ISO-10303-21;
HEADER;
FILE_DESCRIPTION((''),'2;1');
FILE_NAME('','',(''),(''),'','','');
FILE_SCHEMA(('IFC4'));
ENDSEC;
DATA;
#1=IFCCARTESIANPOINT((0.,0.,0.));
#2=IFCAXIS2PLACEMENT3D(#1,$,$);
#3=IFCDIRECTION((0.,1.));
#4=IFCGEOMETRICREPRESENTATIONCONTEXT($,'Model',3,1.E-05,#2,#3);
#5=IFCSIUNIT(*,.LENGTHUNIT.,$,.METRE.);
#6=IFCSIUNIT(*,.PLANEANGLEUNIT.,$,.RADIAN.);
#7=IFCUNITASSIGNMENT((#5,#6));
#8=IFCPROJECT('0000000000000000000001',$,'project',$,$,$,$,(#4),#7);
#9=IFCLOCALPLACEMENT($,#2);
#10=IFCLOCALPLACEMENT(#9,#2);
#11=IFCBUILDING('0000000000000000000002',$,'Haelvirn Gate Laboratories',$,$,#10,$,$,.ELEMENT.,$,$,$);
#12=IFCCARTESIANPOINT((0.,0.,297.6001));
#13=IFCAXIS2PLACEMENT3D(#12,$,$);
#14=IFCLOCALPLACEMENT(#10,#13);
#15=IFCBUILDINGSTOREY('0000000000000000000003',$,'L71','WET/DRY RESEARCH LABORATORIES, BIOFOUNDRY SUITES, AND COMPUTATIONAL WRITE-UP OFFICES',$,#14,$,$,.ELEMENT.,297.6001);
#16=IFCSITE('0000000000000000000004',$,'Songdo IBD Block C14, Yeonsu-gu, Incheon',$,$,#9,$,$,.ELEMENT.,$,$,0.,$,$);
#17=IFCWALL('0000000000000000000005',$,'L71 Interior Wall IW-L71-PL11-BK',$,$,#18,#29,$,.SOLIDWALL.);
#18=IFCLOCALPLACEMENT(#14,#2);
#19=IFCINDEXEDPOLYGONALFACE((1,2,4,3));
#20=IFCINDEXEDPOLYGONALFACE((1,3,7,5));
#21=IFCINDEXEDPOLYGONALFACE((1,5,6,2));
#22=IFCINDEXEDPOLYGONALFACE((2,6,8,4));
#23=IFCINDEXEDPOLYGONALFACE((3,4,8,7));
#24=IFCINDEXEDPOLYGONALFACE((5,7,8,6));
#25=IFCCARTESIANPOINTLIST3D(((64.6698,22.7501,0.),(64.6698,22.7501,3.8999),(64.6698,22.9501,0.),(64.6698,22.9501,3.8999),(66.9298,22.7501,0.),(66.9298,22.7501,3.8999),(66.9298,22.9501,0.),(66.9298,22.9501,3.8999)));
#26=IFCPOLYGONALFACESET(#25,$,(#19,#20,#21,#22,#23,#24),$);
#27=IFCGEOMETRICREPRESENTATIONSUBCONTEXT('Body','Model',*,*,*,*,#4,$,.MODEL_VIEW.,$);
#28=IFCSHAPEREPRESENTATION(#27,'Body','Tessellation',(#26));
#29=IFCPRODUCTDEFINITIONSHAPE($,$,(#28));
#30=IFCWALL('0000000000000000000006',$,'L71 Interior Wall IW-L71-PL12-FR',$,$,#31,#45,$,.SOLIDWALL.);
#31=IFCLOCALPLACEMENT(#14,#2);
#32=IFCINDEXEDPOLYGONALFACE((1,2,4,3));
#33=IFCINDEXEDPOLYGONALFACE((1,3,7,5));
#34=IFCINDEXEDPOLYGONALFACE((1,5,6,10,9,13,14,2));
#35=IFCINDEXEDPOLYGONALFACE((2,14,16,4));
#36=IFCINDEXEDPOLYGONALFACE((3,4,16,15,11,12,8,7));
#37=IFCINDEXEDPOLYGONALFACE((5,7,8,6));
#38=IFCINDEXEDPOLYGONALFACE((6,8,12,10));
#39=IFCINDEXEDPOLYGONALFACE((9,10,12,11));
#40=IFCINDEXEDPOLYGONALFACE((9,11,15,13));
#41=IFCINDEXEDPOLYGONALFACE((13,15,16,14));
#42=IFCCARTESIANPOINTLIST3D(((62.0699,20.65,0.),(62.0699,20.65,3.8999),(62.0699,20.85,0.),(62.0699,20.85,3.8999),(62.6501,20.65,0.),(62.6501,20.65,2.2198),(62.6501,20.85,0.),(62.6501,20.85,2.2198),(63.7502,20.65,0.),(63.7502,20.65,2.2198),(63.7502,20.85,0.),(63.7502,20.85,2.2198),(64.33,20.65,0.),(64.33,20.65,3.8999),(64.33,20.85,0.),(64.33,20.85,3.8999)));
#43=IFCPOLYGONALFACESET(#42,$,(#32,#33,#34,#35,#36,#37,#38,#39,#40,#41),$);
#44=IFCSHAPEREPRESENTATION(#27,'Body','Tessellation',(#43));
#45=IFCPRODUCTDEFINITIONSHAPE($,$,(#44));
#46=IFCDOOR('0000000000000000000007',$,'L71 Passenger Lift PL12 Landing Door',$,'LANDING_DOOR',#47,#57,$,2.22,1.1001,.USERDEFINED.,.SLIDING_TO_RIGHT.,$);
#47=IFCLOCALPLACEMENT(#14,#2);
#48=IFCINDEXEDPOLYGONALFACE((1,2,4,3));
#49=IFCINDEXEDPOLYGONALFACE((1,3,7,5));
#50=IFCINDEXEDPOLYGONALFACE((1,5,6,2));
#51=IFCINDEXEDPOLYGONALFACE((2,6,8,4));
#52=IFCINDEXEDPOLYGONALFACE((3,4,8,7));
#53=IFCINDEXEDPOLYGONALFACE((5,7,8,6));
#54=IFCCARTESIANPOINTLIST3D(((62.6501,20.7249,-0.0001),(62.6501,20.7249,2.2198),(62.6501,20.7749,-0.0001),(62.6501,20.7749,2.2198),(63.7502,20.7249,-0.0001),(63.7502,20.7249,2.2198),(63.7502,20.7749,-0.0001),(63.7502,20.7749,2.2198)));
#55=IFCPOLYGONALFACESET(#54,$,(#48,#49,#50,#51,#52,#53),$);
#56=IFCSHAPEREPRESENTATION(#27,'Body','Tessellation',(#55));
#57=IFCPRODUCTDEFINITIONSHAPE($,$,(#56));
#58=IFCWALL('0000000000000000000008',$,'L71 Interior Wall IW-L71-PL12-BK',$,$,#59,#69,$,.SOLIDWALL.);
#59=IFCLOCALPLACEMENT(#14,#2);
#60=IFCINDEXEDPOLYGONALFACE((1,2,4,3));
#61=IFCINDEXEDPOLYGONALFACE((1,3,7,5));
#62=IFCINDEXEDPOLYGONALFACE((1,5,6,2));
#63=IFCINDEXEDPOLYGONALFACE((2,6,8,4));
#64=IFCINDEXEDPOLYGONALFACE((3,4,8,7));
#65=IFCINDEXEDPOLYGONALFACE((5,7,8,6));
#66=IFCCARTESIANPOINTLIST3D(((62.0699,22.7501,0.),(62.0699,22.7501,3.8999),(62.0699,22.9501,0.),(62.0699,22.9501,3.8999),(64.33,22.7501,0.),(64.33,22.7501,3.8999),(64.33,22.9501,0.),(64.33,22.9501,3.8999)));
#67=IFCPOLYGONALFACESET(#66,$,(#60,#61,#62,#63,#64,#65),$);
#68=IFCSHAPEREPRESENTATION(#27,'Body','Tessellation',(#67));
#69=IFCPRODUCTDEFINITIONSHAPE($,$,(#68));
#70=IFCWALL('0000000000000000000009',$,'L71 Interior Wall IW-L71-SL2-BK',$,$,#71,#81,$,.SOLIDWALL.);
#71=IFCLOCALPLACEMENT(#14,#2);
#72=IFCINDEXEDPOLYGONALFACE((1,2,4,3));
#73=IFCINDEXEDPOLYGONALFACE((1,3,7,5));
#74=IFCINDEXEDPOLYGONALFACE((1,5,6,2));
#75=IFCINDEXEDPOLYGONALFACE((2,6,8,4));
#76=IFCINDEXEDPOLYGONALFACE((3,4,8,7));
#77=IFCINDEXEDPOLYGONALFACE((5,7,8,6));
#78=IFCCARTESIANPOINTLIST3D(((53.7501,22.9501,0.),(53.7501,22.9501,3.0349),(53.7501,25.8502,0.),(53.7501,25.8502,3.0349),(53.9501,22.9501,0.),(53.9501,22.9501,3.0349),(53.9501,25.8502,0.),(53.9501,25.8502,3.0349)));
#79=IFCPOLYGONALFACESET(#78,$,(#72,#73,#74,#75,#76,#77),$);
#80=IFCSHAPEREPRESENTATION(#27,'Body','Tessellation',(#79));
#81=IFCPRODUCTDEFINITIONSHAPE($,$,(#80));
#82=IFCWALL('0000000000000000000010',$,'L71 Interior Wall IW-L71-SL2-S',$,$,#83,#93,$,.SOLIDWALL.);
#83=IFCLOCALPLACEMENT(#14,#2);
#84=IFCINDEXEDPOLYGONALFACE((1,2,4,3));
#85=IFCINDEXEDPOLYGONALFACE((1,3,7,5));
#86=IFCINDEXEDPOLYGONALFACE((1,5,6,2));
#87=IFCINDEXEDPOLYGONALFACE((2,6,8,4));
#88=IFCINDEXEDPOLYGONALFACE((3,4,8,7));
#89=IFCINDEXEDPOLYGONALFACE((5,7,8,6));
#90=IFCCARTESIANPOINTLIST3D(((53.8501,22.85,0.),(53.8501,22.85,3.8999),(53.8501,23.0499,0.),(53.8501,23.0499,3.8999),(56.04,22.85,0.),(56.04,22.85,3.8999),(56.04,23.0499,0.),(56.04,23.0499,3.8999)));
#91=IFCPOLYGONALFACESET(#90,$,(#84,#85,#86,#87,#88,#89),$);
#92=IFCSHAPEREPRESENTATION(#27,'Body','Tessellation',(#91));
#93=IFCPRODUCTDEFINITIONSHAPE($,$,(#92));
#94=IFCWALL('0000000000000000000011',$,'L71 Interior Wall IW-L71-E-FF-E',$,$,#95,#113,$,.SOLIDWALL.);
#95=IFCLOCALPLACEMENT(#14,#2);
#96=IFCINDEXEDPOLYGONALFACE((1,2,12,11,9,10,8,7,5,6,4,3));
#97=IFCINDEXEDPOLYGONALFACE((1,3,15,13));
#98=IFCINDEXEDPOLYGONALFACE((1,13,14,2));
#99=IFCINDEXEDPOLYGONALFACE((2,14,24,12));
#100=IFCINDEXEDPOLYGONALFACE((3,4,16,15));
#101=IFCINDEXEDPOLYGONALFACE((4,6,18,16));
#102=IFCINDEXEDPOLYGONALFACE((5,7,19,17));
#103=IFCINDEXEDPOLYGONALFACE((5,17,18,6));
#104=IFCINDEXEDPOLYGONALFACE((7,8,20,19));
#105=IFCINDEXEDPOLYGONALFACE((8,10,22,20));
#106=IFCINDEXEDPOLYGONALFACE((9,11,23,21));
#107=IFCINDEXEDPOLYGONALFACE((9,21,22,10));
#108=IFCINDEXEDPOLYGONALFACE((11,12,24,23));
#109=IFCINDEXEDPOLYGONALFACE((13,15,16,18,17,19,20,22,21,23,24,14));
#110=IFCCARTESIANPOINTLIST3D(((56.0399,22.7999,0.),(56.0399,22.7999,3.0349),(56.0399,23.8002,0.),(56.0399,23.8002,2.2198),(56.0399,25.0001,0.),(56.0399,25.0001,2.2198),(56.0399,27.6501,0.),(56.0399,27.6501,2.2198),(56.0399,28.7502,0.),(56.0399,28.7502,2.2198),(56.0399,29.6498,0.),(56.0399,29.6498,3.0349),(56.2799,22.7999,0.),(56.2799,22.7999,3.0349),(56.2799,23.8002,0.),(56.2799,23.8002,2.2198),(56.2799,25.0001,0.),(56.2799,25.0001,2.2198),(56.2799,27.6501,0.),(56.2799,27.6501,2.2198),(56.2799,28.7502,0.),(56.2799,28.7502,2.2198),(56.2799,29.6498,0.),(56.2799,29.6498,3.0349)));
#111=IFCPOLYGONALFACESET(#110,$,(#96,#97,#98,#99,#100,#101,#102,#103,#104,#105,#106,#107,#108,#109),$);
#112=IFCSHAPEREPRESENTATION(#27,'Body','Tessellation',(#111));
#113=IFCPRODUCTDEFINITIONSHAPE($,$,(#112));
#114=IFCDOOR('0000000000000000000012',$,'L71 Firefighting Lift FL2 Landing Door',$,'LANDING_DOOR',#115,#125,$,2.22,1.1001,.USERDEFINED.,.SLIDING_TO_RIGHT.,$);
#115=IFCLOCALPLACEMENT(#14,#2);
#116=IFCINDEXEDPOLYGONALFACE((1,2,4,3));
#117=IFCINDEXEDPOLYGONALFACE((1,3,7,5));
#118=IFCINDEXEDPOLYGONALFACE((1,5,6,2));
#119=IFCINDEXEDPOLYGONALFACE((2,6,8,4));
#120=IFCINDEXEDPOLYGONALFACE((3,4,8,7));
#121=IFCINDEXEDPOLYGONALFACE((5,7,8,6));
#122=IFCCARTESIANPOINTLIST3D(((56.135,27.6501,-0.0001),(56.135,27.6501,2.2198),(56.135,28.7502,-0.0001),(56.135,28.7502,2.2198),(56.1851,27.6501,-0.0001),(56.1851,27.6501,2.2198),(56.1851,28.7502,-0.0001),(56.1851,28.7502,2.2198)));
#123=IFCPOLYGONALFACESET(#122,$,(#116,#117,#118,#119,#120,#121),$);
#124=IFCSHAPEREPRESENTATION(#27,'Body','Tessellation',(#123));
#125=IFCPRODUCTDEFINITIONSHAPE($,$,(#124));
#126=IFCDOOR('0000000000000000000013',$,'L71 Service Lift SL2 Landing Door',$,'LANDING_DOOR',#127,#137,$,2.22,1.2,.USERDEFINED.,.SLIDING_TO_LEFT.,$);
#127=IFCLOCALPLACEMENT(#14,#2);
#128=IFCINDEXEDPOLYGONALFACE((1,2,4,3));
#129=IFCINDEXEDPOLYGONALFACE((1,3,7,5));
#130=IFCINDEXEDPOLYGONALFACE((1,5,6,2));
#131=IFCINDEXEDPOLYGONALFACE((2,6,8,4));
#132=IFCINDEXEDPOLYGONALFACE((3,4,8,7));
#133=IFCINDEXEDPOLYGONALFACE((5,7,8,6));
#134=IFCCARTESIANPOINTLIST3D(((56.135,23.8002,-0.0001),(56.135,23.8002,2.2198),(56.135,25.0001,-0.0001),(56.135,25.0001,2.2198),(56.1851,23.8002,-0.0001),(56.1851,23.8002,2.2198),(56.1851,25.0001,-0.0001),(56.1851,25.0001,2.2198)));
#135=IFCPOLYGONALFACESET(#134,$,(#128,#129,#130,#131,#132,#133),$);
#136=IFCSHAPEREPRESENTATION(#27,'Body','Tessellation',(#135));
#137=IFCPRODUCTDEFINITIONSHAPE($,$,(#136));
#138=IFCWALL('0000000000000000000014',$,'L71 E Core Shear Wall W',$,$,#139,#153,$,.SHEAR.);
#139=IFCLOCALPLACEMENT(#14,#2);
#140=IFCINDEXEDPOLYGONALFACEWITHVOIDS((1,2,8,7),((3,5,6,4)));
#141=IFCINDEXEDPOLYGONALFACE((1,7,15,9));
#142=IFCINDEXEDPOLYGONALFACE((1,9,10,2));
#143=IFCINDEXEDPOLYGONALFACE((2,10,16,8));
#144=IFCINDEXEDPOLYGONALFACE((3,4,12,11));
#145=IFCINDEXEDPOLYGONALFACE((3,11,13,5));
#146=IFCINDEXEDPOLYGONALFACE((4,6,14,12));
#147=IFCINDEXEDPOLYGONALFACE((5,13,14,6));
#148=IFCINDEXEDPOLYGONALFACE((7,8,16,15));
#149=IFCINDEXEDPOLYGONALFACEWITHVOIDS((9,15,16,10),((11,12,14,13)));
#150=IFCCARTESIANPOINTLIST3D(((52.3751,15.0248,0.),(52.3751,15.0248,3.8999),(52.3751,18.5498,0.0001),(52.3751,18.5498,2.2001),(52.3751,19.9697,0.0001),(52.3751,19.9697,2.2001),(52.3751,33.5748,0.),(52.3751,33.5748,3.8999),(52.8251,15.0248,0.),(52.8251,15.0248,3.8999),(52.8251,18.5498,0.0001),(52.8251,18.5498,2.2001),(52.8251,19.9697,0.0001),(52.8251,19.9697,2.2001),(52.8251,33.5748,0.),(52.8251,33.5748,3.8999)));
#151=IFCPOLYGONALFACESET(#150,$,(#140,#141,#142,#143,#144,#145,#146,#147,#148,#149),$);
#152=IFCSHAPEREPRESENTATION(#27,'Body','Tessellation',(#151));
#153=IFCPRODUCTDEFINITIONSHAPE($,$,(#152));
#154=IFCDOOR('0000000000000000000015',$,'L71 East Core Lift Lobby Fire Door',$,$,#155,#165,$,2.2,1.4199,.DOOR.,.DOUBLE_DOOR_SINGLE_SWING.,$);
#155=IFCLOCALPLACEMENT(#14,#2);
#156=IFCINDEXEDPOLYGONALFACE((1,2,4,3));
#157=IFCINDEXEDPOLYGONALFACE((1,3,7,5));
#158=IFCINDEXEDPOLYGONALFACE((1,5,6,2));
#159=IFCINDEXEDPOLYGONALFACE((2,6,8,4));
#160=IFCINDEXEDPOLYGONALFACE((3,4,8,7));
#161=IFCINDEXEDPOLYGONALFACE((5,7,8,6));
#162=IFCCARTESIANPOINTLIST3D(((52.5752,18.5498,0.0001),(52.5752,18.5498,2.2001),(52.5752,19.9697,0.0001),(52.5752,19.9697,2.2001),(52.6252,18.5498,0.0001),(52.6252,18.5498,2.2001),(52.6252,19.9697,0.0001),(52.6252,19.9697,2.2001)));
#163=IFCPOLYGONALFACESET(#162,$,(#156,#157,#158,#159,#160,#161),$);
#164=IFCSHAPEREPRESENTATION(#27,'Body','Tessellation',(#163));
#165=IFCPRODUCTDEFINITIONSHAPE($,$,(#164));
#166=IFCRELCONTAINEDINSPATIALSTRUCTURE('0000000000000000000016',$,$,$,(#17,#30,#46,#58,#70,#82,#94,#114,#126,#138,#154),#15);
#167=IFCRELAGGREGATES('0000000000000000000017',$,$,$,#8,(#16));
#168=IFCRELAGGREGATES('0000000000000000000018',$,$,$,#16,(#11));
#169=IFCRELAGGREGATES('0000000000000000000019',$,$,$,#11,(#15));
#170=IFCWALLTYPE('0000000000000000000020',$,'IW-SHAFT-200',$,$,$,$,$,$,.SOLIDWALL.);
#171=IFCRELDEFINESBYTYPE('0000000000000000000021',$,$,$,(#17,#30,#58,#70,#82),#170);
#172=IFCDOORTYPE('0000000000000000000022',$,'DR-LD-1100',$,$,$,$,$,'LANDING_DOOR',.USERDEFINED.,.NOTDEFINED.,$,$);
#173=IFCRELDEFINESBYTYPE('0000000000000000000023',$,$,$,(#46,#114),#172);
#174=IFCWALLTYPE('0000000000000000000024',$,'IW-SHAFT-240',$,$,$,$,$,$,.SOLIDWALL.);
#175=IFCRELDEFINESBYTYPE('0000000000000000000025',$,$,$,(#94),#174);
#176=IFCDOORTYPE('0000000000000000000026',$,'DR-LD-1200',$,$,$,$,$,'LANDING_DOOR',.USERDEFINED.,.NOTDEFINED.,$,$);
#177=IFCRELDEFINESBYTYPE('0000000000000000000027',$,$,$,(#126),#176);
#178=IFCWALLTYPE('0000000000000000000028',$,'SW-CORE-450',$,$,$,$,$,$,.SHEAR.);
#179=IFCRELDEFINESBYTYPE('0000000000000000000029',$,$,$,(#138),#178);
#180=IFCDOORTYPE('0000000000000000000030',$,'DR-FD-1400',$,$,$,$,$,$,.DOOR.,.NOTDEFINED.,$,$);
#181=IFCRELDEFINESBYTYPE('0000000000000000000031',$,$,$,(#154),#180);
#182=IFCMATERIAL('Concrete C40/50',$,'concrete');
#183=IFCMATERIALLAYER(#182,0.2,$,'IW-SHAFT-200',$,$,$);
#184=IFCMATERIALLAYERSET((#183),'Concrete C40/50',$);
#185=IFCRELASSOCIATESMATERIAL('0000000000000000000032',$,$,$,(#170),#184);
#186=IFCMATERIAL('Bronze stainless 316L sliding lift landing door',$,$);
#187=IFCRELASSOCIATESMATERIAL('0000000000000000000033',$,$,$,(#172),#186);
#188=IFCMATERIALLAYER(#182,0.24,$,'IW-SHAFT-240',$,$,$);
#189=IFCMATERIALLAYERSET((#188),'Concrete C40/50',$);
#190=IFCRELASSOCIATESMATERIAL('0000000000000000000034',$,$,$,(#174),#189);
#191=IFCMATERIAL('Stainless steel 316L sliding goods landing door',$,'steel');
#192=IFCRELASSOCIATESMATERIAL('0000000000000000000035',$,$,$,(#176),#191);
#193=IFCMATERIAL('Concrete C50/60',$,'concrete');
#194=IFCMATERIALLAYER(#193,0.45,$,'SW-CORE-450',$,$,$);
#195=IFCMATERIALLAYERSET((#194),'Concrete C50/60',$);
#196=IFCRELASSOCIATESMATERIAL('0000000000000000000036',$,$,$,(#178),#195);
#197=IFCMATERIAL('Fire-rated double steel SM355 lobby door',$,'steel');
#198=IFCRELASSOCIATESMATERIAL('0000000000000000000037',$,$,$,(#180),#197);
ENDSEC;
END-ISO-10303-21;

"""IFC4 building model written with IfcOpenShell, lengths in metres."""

from ifc_helpers import new_model, si_unit, direction, frame, frame_2d, origin, place, context, subcontext, project, spatial, rectangle, extrude, source, transform, mapped, material, layer, layer_set, type_object, type_shapes, element, fill, save


model = new_model("IFC4")

# Units and contexts
model_context = context("Model", 3, precision=1e-05, world=origin(), true_north=direction((0.0, 1.0)))
body_context = subcontext(model_context, "Body", "Model", "MODEL_VIEW")
ifc_project = project(units=[si_unit("LENGTHUNIT", "METRE"), si_unit("PLANEANGLEUNIT", "RADIAN")], contexts=[model_context])

# Site, building, storey
site_placement = place(None, origin())
site = spatial("IfcSite", under=ifc_project, at=site_placement, Name="Songdo IBD Block C14, Yeonsu-gu, Incheon", CompositionType="ELEMENT", RefElevation=0.0)
building_placement = place(site_placement, origin())
building = spatial("IfcBuilding", under=site, at=building_placement, Name="Haelvirn Gate Laboratories", CompositionType="ELEMENT")
storey_placement = place(building_placement, frame((0.0, 0.0, 297.6001)))
storey = spatial("IfcBuildingStorey", under=building, at=storey_placement, Name="L71", Description="WET/DRY RESEARCH LABORATORIES, BIOFOUNDRY SUITES, AND COMPUTATIONAL WRITE-UP OFFICES", CompositionType="ELEMENT", Elevation=297.6001)

# Shared definitions
ifc_material_1 = material(Name="Concrete C50/60", Category="concrete")

# Shared definitions
ifc_material_2 = material(Name="Concrete C40/50", Category="concrete")

# Shared definitions
ifc_layer_1 = layer(ifc_material_2, 0.2, Name="IW-SHAFT-200")
ifc_layer_set_1 = layer_set([ifc_layer_1], Name="Concrete C40/50")
wall_type_1 = type_object("IfcWallType", Name="IW-SHAFT-200", PredefinedType="SOLIDWALL", material=ifc_layer_set_1)
ifc_material_3 = material(Name="Bronze stainless 316L sliding lift landing door")
door_type_1 = type_object("IfcDoorType", Name="DR-LD-1100", ElementType="LANDING_DOOR", OperationType="NOTDEFINED", PredefinedType="USERDEFINED", material=ifc_material_3)
shared_shape_1 = source(origin(), body_context, "Body", "SweptSolid", [
    extrude(rectangle(XDim=1.1001, YDim=2.22, at=frame_2d((0.55, 1.1099))), frame((0.0, 0.0249, 0.0), z_axis=(0.0, -1.0, 0.0), x_axis=(1.0, 0.0, 0.0)), (0.0, 0.0, 1.0), 0.05),
])
type_shapes(door_type_1, [shared_shape_1])

# Wall
wall_1_placement = place(storey_placement, frame((64.6699, 22.8501, 0.0), z_axis=(0.0, 0.0, 1.0), x_axis=(1.0, 0.0, 0.0)))
element("IfcWall", 1, at=wall_1_placement, inside=storey, type_object=wall_type_1, Name="L71 Interior Wall IW-L71-PL11-BK", PredefinedType="SOLIDWALL", context=body_context, shape_type="SweptSolid", body=[
    extrude(rectangle(XDim=2.26, YDim=0.2, at=frame_2d((1.1299, 0.0))), origin(), (0.0, 0.0, 1.0), 3.8999),
])

# Wall, opening, door
wall_2_placement = place(storey_placement, frame((62.0701, 20.75, 0.0), z_axis=(0.0, 0.0, 1.0), x_axis=(1.0, 0.0, 0.0)))
wall_2 = element("IfcWall", 2, at=wall_2_placement, inside=storey, type_object=wall_type_1, Name="L71 Interior Wall IW-L71-PL12-FR", PredefinedType="SOLIDWALL", context=body_context, shape_type="SweptSolid", body=[
    extrude(rectangle(XDim=2.26, YDim=0.2, at=frame_2d((1.1299, 0.0))), origin(), (0.0, 0.0, 1.0), 3.8999),
])
opening_1_placement = place(wall_2_placement, frame((0.5801, 0.0, 0.0)))
opening_1 = element("IfcOpeningElement", 3, at=opening_1_placement, cuts=wall_2, PredefinedType="OPENING", context=body_context, shape_type="SweptSolid", body=[
    extrude(rectangle(XDim=1.1001, YDim=2.22, at=frame_2d((0.55, 1.1099))), frame((0.0, 0.1099, 0.0), z_axis=(0.0, -1.0, 0.0), x_axis=(1.0, 0.0, 0.0)), (0.0, 0.0, 1.0), 0.22),
])
door_1_placement = place(opening_1_placement, origin())
door_1 = element("IfcDoor", 4, at=door_1_placement, inside=storey, type_object=door_type_1, Name="L71 Passenger Lift PL12 Landing Door", ObjectType="LANDING_DOOR", OperationType="SLIDING_TO_RIGHT", OverallHeight=2.22, OverallWidth=1.1001, PredefinedType="USERDEFINED", context=body_context, shape_type="MappedRepresentation", body=[
    mapped(shared_shape_1, transform((0.0, 0.0, 0.0), scale=1.0)),
])
fill(opening_1, door_1)

# Walls
wall_3_placement = place(storey_placement, frame((62.0701, 22.8501, 0.0), z_axis=(0.0, 0.0, 1.0), x_axis=(1.0, 0.0, 0.0)))
element("IfcWall", 5, at=wall_3_placement, inside=storey, type_object=wall_type_1, Name="L71 Interior Wall IW-L71-PL12-BK", PredefinedType="SOLIDWALL", context=body_context, shape_type="SweptSolid", body=[
    extrude(rectangle(XDim=2.26, YDim=0.2, at=frame_2d((1.1299, 0.0))), origin(), (0.0, 0.0, 1.0), 3.8999),
])
wall_4_placement = place(storey_placement, frame((53.8501, 22.95, 0.0), z_axis=(0.0, 0.0, 1.0), x_axis=(0.0, 1.0, 0.0)))
element("IfcWall", 6, at=wall_4_placement, inside=storey, type_object=wall_type_1, Name="L71 Interior Wall IW-L71-SL2-BK", PredefinedType="SOLIDWALL", context=body_context, shape_type="SweptSolid", body=[
    extrude(rectangle(XDim=2.9001, YDim=0.2, at=frame_2d((1.4502, 0.0))), origin(), (0.0, 0.0, 1.0), 3.0349),
])
wall_5_placement = place(storey_placement, frame((53.8501, 22.95, 0.0), z_axis=(0.0, 0.0, 1.0), x_axis=(1.0, 0.0, 0.0)))
element("IfcWall", 7, at=wall_5_placement, inside=storey, type_object=wall_type_1, Name="L71 Interior Wall IW-L71-SL2-S", PredefinedType="SOLIDWALL", context=body_context, shape_type="SweptSolid", body=[
    extrude(rectangle(XDim=2.1899, YDim=0.2, at=frame_2d((1.095, 0.0))), origin(), (0.0, 0.0, 1.0), 3.8999),
])

# Wall, openings, doors
ifc_layer_2 = layer(ifc_material_2, 0.24, Name="IW-SHAFT-240")
ifc_layer_set_2 = layer_set([ifc_layer_2], Name="Concrete C40/50")
wall_type_2 = type_object("IfcWallType", Name="IW-SHAFT-240", PredefinedType="SOLIDWALL", material=ifc_layer_set_2)
wall_6_placement = place(storey_placement, frame((56.1599, 22.8, 0.0), z_axis=(0.0, 0.0, 1.0), x_axis=(0.0, 1.0, 0.0)))
wall_6 = element("IfcWall", 8, at=wall_6_placement, inside=storey, type_object=wall_type_2, Name="L71 Interior Wall IW-L71-E-FF-E", PredefinedType="SOLIDWALL", context=body_context, shape_type="SweptSolid", body=[
    extrude(rectangle(XDim=6.8499, YDim=0.24, at=frame_2d((3.4248, 0.0))), origin(), (0.0, 0.0, 1.0), 3.0349),
])
opening_2_placement = place(wall_6_placement, frame((4.8501, 0.0, 0.0)))
opening_2 = element("IfcOpeningElement", 9, at=opening_2_placement, cuts=wall_6, PredefinedType="OPENING", context=body_context, shape_type="SweptSolid", body=[
    extrude(rectangle(XDim=1.1001, YDim=2.22, at=frame_2d((0.55, 1.1099))), frame((0.0, 0.1299, 0.0), z_axis=(0.0, -1.0, 0.0), x_axis=(1.0, 0.0, 0.0)), (0.0, 0.0, 1.0), 0.26),
])
opening_3_placement = place(wall_6_placement, frame((1.0, 0.0, 0.0)))
opening_3 = element("IfcOpeningElement", 10, at=opening_3_placement, cuts=wall_6, PredefinedType="OPENING", context=body_context, shape_type="SweptSolid", body=[
    extrude(rectangle(XDim=1.2, YDim=2.22, at=frame_2d((0.6001, 1.1099))), frame((0.0, 0.1299, 0.0), z_axis=(0.0, -1.0, 0.0), x_axis=(1.0, 0.0, 0.0)), (0.0, 0.0, 1.0), 0.26),
])
door_2_placement = place(opening_2_placement, origin())
door_2 = element("IfcDoor", 11, at=door_2_placement, inside=storey, type_object=door_type_1, Name="L71 Firefighting Lift FL2 Landing Door", ObjectType="LANDING_DOOR", OperationType="SLIDING_TO_RIGHT", OverallHeight=2.22, OverallWidth=1.1001, PredefinedType="USERDEFINED", context=body_context, shape_type="MappedRepresentation", body=[
    mapped(shared_shape_1, transform((0.0, 0.0, 0.0), scale=1.0)),
])
fill(opening_2, door_2)
ifc_material_4 = material(Name="Stainless steel 316L sliding goods landing door", Category="steel")
door_type_2 = type_object("IfcDoorType", Name="DR-LD-1200", ElementType="LANDING_DOOR", OperationType="NOTDEFINED", PredefinedType="USERDEFINED", material=ifc_material_4)
shared_shape_2 = source(origin(), body_context, "Body", "SweptSolid", [
    extrude(rectangle(XDim=1.2, YDim=2.22, at=frame_2d((0.6001, 1.1099))), frame((0.0, 0.0249, 0.0), z_axis=(0.0, -1.0, 0.0), x_axis=(1.0, 0.0, 0.0)), (0.0, 0.0, 1.0), 0.05),
])
type_shapes(door_type_2, [shared_shape_2])
door_3_placement = place(opening_3_placement, origin())
door_3 = element("IfcDoor", 12, at=door_3_placement, inside=storey, type_object=door_type_2, Name="L71 Service Lift SL2 Landing Door", ObjectType="LANDING_DOOR", OperationType="SLIDING_TO_LEFT", OverallHeight=2.22, OverallWidth=1.2, PredefinedType="USERDEFINED", context=body_context, shape_type="MappedRepresentation", body=[
    mapped(shared_shape_2, transform((0.0, 0.0, 0.0), scale=1.0)),
])
fill(opening_3, door_3)

# Wall, opening, door
ifc_layer_3 = layer(ifc_material_1, 0.45, Name="SW-CORE-450")
ifc_layer_set_3 = layer_set([ifc_layer_3], Name="Concrete C50/60")
wall_type_3 = type_object("IfcWallType", Name="SW-CORE-450", PredefinedType="SHEAR", material=ifc_layer_set_3)
wall_7_placement = place(storey_placement, frame((52.6001, 15.0249, 0.0), z_axis=(0.0, 0.0, 1.0), x_axis=(0.0, 1.0, 0.0)))
wall_7 = element("IfcWall", 13, at=wall_7_placement, inside=storey, type_object=wall_type_3, Name="L71 E Core Shear Wall W", PredefinedType="SHEAR", context=body_context, shape_type="SweptSolid", body=[
    extrude(rectangle(XDim=18.55, YDim=0.45, at=frame_2d((9.2749, 0.0))), origin(), (0.0, 0.0, 1.0), 3.8999),
])
opening_4_placement = place(wall_7_placement, frame((3.5249, 0.0, 0.0)))
opening_4 = element("IfcOpeningElement", 14, at=opening_4_placement, cuts=wall_7, PredefinedType="OPENING", context=body_context, shape_type="SweptSolid", body=[
    extrude(rectangle(XDim=1.4199, YDim=2.2, at=frame_2d((0.71, 1.1001))), frame((0.0, 0.2349, 0.0), z_axis=(0.0, -1.0, 0.0), x_axis=(1.0, 0.0, 0.0)), (0.0, 0.0, 1.0), 0.47),
])
ifc_material_5 = material(Name="Fire-rated double steel SM355 lobby door", Category="steel")
door_type_3 = type_object("IfcDoorType", Name="DR-FD-1400", OperationType="NOTDEFINED", PredefinedType="DOOR", material=ifc_material_5)
shared_shape_3 = source(origin(), body_context, "Body", "SweptSolid", [
    extrude(rectangle(XDim=1.4199, YDim=2.2, at=frame_2d((0.71, 1.1001))), frame((0.0, 0.0249, 0.0), z_axis=(0.0, -1.0, 0.0), x_axis=(1.0, 0.0, 0.0)), (0.0, 0.0, 1.0), 0.05),
])
type_shapes(door_type_3, [shared_shape_3])
door_4_placement = place(opening_4_placement, origin())
door_4 = element("IfcDoor", 15, at=door_4_placement, inside=storey, type_object=door_type_3, Name="L71 East Core Lift Lobby Fire Door", OperationType="DOUBLE_DOOR_SINGLE_SWING", OverallHeight=2.2, OverallWidth=1.4199, PredefinedType="DOOR", context=body_context, shape_type="MappedRepresentation", body=[
    mapped(shared_shape_3, transform((0.0, 0.0, 0.0), scale=1.0)),
])
fill(opening_4, door_4)

save(model, "model.ifc")
